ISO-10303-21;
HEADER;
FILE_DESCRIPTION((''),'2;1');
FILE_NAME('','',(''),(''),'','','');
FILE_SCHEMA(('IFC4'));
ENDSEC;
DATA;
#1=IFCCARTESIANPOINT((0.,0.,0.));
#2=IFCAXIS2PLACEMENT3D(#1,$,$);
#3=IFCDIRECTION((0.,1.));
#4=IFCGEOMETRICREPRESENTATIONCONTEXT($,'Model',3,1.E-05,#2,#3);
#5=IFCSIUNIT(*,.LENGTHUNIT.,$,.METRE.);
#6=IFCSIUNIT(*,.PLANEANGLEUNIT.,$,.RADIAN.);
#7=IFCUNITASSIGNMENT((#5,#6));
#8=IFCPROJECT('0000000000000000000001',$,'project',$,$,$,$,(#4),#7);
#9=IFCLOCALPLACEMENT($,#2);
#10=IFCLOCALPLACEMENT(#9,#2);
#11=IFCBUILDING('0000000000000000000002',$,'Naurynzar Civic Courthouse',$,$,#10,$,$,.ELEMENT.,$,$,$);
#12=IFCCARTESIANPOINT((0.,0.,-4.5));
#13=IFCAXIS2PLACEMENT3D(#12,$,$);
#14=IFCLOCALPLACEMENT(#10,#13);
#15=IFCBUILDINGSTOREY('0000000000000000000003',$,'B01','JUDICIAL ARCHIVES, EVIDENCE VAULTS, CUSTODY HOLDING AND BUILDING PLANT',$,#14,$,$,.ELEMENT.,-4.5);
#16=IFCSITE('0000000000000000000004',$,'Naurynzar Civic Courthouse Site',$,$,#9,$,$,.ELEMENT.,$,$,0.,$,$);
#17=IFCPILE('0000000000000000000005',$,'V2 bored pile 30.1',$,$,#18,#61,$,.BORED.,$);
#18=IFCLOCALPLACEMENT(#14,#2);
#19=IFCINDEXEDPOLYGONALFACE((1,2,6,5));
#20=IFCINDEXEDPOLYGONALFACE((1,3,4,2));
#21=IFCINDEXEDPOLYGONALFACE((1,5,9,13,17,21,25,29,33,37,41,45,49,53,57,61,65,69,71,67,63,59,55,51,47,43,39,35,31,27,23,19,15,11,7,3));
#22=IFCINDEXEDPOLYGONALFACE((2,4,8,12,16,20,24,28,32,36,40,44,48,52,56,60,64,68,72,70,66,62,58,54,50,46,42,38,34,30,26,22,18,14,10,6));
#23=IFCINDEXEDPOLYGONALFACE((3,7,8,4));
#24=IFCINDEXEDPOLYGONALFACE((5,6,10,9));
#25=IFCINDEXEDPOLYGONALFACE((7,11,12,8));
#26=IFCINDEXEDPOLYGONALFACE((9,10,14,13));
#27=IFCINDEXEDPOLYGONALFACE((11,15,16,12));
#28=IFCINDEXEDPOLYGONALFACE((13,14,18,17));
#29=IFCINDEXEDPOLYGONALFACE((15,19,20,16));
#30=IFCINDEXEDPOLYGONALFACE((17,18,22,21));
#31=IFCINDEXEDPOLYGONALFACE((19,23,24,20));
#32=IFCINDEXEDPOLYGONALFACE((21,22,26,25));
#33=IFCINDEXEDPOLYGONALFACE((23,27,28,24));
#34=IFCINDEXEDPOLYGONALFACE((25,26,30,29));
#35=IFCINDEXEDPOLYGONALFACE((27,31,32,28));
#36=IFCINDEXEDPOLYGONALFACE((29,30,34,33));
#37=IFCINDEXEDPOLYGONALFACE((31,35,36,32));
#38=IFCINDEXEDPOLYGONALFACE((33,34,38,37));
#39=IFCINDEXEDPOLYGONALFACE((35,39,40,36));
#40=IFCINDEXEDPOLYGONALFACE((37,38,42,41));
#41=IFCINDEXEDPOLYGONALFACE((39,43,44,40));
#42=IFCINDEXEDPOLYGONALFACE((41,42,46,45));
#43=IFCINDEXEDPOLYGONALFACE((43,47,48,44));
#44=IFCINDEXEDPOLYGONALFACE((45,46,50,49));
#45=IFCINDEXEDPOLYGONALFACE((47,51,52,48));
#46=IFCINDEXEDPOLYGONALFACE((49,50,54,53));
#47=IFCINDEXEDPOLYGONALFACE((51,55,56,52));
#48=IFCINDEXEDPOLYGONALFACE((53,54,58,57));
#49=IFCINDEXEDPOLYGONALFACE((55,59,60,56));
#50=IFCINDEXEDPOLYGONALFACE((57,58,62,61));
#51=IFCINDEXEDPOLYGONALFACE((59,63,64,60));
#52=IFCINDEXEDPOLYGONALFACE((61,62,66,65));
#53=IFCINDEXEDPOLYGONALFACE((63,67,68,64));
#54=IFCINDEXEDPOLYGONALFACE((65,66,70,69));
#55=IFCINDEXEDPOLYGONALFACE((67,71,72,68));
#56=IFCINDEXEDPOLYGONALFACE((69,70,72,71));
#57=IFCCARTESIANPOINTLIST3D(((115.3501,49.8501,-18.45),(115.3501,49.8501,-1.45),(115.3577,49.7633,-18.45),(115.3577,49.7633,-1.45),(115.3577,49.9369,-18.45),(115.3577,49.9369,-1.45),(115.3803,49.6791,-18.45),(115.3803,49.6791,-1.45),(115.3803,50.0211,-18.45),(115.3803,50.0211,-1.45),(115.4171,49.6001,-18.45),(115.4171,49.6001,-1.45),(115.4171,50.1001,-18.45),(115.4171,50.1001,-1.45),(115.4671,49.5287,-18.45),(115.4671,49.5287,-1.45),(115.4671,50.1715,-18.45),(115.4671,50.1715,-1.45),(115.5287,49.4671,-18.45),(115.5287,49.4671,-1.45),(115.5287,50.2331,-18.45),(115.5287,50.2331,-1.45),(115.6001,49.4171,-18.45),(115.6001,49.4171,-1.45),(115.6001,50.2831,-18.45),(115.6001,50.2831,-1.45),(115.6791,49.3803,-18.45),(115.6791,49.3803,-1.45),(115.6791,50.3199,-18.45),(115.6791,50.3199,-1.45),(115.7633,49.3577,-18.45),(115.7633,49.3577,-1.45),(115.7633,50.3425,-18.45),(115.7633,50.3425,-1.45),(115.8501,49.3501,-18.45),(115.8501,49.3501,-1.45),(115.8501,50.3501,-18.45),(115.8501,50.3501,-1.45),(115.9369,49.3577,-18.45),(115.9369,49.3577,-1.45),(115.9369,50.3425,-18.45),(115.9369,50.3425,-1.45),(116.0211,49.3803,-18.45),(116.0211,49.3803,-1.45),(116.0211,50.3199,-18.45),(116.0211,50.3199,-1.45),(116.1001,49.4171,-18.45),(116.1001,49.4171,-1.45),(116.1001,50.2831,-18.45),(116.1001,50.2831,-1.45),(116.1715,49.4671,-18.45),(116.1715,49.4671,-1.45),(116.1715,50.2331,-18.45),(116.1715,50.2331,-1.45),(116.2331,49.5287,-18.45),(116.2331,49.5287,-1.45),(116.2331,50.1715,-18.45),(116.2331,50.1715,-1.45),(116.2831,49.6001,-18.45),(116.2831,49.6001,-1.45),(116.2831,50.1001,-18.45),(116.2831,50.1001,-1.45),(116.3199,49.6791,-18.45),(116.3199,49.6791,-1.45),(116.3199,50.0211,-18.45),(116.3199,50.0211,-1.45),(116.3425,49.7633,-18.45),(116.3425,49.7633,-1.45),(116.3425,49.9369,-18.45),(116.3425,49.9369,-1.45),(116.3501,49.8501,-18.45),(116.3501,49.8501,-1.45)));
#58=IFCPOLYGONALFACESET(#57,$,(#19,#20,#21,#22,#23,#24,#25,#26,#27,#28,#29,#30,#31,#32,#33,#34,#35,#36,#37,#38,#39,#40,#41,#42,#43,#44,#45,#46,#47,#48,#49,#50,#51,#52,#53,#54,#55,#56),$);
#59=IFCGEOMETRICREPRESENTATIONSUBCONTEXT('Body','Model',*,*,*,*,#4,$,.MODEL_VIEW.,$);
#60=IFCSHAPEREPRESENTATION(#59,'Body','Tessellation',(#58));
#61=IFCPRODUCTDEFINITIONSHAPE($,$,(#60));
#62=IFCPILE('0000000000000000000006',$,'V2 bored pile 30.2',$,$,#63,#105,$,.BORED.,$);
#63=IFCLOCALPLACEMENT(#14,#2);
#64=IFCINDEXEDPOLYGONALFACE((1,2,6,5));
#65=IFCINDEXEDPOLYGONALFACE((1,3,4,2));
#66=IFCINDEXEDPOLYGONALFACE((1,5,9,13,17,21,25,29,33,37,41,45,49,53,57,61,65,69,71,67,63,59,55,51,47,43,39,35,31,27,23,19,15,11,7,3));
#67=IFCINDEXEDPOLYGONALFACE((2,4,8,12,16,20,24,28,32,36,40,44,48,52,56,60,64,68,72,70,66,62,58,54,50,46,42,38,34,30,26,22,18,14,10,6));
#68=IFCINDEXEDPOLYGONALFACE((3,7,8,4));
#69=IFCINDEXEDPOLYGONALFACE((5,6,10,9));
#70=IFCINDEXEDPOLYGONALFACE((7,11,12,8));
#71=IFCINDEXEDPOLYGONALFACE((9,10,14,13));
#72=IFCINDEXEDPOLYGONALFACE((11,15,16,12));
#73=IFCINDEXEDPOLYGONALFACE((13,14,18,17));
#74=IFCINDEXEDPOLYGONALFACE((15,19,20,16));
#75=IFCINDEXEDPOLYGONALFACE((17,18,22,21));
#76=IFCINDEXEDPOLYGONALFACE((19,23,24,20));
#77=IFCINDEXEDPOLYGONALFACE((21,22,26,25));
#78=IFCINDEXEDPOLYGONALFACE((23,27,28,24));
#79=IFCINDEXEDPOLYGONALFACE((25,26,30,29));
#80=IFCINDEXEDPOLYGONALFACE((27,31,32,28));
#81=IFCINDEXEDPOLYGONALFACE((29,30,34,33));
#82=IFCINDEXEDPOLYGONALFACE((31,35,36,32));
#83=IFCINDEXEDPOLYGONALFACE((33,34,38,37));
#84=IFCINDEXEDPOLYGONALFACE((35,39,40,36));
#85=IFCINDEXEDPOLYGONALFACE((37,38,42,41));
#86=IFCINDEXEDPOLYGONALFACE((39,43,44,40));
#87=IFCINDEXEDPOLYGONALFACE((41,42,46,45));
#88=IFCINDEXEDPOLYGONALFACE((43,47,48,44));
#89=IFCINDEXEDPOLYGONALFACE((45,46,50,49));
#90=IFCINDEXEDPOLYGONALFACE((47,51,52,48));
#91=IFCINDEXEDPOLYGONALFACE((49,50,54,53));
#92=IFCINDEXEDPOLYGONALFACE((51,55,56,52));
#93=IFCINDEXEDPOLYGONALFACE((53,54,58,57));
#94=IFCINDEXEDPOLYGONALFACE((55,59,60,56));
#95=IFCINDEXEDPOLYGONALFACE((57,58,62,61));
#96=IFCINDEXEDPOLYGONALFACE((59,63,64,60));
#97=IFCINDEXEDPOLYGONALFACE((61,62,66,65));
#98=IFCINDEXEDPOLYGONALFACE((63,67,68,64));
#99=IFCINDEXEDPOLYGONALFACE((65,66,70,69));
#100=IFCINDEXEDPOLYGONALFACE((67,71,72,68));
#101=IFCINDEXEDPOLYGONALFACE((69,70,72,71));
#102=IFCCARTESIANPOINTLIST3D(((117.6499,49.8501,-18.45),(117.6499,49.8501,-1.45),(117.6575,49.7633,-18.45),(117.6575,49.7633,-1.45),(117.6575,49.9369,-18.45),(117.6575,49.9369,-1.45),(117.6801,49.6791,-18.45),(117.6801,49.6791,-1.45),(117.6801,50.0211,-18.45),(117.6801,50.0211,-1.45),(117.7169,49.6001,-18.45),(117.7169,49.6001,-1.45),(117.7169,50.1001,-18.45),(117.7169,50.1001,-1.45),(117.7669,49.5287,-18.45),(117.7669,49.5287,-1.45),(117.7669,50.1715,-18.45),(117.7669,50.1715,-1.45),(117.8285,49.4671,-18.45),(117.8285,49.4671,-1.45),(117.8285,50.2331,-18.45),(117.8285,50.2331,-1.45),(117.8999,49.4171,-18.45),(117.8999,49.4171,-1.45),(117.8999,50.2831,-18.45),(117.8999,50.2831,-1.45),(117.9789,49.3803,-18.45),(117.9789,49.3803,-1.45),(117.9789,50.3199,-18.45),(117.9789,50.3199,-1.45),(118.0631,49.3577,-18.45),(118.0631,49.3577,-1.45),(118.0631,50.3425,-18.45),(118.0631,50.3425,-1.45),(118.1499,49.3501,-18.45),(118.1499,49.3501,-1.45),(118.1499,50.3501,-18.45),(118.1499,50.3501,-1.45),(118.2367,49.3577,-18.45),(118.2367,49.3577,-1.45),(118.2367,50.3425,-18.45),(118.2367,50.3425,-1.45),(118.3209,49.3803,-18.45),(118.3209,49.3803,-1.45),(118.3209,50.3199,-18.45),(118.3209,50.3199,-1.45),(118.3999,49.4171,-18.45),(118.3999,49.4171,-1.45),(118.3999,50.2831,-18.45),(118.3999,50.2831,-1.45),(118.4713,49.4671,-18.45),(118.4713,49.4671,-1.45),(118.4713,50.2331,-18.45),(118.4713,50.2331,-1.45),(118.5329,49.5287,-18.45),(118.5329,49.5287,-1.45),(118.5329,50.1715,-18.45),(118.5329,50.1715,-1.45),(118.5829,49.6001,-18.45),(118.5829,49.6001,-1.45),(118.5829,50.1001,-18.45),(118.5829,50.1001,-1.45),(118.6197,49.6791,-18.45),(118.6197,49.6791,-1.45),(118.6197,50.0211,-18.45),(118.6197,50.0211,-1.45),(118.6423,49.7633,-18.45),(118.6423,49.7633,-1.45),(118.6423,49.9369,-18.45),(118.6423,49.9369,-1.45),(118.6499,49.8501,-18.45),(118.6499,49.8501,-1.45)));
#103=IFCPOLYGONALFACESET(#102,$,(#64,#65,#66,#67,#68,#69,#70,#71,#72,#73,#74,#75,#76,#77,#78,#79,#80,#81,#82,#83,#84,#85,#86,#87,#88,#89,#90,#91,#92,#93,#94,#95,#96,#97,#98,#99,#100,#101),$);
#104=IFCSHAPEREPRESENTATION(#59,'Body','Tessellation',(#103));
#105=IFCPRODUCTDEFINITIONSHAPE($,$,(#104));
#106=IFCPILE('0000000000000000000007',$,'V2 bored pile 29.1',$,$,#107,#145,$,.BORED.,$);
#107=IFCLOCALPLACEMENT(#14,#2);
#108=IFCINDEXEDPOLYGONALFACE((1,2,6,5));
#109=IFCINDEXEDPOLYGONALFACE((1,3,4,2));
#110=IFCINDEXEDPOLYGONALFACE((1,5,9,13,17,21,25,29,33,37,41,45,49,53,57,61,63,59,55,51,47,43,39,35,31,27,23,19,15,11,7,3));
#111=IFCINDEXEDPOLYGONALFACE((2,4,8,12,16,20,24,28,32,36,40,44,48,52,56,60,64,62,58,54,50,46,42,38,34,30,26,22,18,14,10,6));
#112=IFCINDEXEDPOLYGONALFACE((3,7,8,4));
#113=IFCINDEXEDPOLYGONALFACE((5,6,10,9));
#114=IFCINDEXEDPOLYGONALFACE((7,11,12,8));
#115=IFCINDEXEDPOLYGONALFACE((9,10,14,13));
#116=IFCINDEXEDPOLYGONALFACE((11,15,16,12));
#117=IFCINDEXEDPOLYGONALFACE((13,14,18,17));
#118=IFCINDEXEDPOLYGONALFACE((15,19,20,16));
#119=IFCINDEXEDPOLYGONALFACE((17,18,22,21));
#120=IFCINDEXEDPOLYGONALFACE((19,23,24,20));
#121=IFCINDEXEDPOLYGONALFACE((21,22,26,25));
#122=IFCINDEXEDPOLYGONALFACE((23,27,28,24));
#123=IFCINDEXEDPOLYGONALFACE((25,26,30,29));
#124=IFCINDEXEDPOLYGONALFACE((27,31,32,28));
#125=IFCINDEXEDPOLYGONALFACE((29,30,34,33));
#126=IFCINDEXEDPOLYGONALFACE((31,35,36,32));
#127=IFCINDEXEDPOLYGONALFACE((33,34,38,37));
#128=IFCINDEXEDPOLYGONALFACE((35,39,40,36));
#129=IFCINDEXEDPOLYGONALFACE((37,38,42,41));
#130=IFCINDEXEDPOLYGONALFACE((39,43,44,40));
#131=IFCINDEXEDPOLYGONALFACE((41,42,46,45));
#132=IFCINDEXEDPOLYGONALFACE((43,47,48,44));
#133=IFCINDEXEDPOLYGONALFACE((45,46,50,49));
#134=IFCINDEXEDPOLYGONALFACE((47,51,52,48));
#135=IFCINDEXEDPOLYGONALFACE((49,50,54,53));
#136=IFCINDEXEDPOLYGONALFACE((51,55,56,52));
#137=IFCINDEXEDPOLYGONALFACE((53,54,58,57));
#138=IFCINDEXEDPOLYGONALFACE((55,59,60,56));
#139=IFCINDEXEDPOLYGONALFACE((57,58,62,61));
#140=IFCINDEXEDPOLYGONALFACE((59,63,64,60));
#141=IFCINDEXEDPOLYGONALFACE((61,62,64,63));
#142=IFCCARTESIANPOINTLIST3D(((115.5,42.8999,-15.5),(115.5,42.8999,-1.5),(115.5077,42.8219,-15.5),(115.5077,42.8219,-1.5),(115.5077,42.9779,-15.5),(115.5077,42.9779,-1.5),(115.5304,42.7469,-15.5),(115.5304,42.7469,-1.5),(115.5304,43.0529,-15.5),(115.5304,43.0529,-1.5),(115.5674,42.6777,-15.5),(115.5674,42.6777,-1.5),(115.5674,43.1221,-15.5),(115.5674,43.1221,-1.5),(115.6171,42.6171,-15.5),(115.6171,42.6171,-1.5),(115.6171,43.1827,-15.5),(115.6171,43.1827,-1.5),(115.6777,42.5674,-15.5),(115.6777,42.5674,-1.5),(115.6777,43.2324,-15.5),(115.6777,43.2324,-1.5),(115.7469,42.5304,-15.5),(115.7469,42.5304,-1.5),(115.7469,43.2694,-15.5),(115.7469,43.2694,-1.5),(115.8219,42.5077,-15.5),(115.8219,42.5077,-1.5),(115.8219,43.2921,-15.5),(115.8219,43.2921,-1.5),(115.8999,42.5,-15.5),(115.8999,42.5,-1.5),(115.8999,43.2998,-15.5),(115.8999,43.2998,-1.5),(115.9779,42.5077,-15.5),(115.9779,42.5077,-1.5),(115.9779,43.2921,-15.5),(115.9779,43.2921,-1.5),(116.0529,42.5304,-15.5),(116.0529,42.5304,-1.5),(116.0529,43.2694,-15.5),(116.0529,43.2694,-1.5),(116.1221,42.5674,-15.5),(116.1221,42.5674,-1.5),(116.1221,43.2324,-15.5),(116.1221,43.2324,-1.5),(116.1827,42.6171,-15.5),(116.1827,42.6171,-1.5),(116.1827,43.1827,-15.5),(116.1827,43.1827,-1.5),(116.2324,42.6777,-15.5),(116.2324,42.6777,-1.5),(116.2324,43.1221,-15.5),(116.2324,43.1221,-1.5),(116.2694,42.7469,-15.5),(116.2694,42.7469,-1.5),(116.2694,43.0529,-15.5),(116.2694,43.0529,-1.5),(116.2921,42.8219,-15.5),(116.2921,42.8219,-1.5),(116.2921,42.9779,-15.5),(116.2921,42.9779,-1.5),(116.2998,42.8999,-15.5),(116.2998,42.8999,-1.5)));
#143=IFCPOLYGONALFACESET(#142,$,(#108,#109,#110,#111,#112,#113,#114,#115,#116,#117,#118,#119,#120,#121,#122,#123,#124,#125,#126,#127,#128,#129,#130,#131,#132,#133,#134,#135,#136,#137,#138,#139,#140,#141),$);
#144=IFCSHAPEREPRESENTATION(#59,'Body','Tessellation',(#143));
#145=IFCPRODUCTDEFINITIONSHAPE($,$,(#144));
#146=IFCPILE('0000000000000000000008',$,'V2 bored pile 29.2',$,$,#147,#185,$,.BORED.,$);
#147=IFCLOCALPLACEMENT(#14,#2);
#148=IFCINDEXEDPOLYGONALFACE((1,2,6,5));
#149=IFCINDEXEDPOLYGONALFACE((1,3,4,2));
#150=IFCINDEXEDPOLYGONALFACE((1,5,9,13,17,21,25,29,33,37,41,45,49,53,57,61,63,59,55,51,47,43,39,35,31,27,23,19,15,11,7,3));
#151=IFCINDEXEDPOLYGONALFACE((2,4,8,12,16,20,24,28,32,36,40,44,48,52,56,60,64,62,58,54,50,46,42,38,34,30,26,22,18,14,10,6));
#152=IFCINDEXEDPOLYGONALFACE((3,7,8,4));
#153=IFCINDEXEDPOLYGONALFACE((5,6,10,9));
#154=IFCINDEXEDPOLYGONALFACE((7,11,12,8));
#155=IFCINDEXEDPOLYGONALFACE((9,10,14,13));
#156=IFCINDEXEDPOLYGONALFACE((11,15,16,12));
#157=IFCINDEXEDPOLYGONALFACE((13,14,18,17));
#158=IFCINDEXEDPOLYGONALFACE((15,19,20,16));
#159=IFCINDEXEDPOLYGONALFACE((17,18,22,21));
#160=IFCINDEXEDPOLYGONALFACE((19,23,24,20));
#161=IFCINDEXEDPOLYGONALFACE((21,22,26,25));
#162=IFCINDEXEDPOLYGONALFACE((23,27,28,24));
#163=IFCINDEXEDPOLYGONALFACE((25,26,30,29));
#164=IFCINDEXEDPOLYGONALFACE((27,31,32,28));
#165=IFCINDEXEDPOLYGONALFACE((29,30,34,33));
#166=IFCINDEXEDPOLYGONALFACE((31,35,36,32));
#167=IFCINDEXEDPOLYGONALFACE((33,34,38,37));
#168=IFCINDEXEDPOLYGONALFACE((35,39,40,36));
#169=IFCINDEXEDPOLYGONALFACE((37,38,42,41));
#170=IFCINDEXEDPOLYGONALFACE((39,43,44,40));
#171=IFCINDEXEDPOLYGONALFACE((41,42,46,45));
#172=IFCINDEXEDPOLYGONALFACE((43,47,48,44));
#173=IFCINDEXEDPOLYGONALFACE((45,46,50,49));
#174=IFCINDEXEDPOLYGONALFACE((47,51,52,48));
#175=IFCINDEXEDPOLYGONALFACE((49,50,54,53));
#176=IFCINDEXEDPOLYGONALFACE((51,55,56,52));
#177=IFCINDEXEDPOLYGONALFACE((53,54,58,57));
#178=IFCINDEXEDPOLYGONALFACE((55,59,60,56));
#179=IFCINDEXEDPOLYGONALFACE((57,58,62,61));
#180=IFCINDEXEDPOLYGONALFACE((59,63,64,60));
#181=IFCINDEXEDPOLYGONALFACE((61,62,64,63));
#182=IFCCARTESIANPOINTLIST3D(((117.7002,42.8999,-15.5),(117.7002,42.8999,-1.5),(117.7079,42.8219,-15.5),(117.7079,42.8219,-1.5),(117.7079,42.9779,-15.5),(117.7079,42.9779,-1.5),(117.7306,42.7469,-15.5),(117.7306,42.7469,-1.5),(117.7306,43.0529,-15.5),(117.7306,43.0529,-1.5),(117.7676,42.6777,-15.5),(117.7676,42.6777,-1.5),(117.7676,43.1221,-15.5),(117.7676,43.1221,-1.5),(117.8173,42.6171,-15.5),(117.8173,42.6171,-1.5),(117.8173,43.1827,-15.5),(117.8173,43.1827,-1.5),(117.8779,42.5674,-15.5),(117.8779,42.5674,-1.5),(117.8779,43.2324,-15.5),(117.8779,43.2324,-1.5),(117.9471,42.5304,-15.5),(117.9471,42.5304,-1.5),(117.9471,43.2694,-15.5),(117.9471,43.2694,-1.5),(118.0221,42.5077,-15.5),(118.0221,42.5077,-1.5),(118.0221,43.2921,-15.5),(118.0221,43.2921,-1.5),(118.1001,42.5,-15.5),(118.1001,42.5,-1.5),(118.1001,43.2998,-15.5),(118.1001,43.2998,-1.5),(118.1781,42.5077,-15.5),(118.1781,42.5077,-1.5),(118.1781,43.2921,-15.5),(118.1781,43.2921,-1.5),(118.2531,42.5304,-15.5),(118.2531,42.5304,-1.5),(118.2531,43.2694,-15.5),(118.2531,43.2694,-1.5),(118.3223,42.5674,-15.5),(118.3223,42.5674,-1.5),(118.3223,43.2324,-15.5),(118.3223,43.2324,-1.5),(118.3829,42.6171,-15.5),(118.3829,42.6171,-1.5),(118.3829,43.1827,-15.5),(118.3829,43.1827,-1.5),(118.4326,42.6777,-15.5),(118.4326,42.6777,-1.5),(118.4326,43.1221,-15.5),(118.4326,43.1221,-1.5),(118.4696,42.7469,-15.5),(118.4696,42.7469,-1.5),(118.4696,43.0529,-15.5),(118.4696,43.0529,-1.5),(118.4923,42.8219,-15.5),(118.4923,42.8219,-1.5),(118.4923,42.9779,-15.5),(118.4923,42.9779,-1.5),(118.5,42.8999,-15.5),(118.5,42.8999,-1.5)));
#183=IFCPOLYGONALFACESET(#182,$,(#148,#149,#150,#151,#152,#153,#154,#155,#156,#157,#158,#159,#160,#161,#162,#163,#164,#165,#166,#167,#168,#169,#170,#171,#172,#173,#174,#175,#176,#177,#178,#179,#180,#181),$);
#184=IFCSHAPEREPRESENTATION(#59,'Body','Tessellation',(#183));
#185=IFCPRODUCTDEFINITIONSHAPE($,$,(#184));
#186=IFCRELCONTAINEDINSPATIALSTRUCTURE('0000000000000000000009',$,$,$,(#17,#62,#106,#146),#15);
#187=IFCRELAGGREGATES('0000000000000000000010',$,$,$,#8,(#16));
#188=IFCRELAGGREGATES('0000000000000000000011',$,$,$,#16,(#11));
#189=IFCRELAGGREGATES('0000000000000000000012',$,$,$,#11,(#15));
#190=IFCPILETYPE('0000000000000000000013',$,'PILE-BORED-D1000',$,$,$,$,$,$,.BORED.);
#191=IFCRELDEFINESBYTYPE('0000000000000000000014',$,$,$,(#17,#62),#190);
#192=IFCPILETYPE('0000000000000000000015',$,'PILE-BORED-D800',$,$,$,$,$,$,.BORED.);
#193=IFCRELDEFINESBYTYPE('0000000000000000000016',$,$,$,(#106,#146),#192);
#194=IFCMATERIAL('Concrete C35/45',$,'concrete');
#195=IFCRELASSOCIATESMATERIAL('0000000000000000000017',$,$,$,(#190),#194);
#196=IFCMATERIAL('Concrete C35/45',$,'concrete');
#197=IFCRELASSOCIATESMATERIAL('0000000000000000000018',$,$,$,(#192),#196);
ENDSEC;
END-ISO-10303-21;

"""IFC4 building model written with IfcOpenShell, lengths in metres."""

from ifc_helpers import new_model, si_unit, direction, frame, origin, origin_2d, place, context, subcontext, project, spatial, circle, extrude, material, material_profile, profile_set, type_object, element, save


model = new_model("IFC4")

# Units and contexts
model_context = context("Model", 3, precision=1e-05, world=origin(), true_north=direction((0.0, 1.0)))
body_context = subcontext(model_context, "Body", "Model", "MODEL_VIEW")
ifc_project = project(units=[si_unit("LENGTHUNIT", "METRE"), si_unit("PLANEANGLEUNIT", "RADIAN")], contexts=[model_context])

# Site, building, storey
site_placement = place(None, origin())
site = spatial("IfcSite", under=ifc_project, at=site_placement, Name="Naurynzar Civic Courthouse Site", CompositionType="ELEMENT", RefElevation=0.0)
building_placement = place(site_placement, origin())
building = spatial("IfcBuilding", under=site, at=building_placement, Name="Naurynzar Civic Courthouse", CompositionType="ELEMENT")
storey_placement = place(building_placement, frame((0.0, 0.0, -4.5)))
storey = spatial("IfcBuildingStorey", under=building, at=storey_placement, Name="B01", Description="JUDICIAL ARCHIVES, EVIDENCE VAULTS, CUSTODY HOLDING AND BUILDING PLANT", CompositionType="ELEMENT", Elevation=-4.5)

# Piles
ifc_material_1 = material(Name="Concrete C35/45", Category="concrete")
ifc_material_profile_1 = material_profile(ifc_material_1, circle(Radius=0.5, at=origin_2d()), Name="PILE D1000")
ifc_profile_set_1 = profile_set([ifc_material_profile_1], Name="Concrete C35/45")
pile_type_1 = type_object("IfcPileType", Name="PILE-BORED-D1000", PredefinedType="BORED", material=ifc_profile_set_1)
for number, where, z_axis, x_axis, name in (
    (1, (115.8501, 49.8501, -1.45), (0.0, 0.0, -1.0), (1.0, 0.0, 0.0), "V2 bored pile 30.1"),
    (2, (118.1499, 49.8501, -1.45), (0.0, 0.0, -1.0), (1.0, 0.0, 0.0), "V2 bored pile 30.2"),
):
    element("IfcPile", number, at=place(storey_placement, frame(where, z_axis=z_axis, x_axis=x_axis)), inside=storey, type_object=pile_type_1, Name=name, PredefinedType="BORED", context=body_context, shape_type="SweptSolid", body=[
        extrude(circle(Radius=0.5, at=origin_2d()), origin(), (0.0, 0.0, 1.0), 17.0),
    ])
ifc_material_2 = material(Name="Concrete C35/45", Category="concrete")
ifc_material_profile_2 = material_profile(ifc_material_2, circle(Radius=0.3999, at=origin_2d()), Name="PILE D800")
ifc_profile_set_2 = profile_set([ifc_material_profile_2], Name="Concrete C35/45")
pile_type_2 = type_object("IfcPileType", Name="PILE-BORED-D800", PredefinedType="BORED", material=ifc_profile_set_2)
for number, where, z_axis, x_axis, name in (
    (3, (115.8999, 42.8999, -1.5), (0.0, 0.0, -1.0), (1.0, 0.0, 0.0), "V2 bored pile 29.1"),
    (4, (118.1001, 42.8999, -1.5), (0.0, 0.0, -1.0), (1.0, 0.0, 0.0), "V2 bored pile 29.2"),
):
    element("IfcPile", number, at=place(storey_placement, frame(where, z_axis=z_axis, x_axis=x_axis)), inside=storey, type_object=pile_type_2, Name=name, PredefinedType="BORED", context=body_context, shape_type="SweptSolid", body=[
        extrude(circle(Radius=0.3999, at=origin_2d()), origin(), (0.0, 0.0, 1.0), 14.0),
    ])

save(model, "model.ifc")
